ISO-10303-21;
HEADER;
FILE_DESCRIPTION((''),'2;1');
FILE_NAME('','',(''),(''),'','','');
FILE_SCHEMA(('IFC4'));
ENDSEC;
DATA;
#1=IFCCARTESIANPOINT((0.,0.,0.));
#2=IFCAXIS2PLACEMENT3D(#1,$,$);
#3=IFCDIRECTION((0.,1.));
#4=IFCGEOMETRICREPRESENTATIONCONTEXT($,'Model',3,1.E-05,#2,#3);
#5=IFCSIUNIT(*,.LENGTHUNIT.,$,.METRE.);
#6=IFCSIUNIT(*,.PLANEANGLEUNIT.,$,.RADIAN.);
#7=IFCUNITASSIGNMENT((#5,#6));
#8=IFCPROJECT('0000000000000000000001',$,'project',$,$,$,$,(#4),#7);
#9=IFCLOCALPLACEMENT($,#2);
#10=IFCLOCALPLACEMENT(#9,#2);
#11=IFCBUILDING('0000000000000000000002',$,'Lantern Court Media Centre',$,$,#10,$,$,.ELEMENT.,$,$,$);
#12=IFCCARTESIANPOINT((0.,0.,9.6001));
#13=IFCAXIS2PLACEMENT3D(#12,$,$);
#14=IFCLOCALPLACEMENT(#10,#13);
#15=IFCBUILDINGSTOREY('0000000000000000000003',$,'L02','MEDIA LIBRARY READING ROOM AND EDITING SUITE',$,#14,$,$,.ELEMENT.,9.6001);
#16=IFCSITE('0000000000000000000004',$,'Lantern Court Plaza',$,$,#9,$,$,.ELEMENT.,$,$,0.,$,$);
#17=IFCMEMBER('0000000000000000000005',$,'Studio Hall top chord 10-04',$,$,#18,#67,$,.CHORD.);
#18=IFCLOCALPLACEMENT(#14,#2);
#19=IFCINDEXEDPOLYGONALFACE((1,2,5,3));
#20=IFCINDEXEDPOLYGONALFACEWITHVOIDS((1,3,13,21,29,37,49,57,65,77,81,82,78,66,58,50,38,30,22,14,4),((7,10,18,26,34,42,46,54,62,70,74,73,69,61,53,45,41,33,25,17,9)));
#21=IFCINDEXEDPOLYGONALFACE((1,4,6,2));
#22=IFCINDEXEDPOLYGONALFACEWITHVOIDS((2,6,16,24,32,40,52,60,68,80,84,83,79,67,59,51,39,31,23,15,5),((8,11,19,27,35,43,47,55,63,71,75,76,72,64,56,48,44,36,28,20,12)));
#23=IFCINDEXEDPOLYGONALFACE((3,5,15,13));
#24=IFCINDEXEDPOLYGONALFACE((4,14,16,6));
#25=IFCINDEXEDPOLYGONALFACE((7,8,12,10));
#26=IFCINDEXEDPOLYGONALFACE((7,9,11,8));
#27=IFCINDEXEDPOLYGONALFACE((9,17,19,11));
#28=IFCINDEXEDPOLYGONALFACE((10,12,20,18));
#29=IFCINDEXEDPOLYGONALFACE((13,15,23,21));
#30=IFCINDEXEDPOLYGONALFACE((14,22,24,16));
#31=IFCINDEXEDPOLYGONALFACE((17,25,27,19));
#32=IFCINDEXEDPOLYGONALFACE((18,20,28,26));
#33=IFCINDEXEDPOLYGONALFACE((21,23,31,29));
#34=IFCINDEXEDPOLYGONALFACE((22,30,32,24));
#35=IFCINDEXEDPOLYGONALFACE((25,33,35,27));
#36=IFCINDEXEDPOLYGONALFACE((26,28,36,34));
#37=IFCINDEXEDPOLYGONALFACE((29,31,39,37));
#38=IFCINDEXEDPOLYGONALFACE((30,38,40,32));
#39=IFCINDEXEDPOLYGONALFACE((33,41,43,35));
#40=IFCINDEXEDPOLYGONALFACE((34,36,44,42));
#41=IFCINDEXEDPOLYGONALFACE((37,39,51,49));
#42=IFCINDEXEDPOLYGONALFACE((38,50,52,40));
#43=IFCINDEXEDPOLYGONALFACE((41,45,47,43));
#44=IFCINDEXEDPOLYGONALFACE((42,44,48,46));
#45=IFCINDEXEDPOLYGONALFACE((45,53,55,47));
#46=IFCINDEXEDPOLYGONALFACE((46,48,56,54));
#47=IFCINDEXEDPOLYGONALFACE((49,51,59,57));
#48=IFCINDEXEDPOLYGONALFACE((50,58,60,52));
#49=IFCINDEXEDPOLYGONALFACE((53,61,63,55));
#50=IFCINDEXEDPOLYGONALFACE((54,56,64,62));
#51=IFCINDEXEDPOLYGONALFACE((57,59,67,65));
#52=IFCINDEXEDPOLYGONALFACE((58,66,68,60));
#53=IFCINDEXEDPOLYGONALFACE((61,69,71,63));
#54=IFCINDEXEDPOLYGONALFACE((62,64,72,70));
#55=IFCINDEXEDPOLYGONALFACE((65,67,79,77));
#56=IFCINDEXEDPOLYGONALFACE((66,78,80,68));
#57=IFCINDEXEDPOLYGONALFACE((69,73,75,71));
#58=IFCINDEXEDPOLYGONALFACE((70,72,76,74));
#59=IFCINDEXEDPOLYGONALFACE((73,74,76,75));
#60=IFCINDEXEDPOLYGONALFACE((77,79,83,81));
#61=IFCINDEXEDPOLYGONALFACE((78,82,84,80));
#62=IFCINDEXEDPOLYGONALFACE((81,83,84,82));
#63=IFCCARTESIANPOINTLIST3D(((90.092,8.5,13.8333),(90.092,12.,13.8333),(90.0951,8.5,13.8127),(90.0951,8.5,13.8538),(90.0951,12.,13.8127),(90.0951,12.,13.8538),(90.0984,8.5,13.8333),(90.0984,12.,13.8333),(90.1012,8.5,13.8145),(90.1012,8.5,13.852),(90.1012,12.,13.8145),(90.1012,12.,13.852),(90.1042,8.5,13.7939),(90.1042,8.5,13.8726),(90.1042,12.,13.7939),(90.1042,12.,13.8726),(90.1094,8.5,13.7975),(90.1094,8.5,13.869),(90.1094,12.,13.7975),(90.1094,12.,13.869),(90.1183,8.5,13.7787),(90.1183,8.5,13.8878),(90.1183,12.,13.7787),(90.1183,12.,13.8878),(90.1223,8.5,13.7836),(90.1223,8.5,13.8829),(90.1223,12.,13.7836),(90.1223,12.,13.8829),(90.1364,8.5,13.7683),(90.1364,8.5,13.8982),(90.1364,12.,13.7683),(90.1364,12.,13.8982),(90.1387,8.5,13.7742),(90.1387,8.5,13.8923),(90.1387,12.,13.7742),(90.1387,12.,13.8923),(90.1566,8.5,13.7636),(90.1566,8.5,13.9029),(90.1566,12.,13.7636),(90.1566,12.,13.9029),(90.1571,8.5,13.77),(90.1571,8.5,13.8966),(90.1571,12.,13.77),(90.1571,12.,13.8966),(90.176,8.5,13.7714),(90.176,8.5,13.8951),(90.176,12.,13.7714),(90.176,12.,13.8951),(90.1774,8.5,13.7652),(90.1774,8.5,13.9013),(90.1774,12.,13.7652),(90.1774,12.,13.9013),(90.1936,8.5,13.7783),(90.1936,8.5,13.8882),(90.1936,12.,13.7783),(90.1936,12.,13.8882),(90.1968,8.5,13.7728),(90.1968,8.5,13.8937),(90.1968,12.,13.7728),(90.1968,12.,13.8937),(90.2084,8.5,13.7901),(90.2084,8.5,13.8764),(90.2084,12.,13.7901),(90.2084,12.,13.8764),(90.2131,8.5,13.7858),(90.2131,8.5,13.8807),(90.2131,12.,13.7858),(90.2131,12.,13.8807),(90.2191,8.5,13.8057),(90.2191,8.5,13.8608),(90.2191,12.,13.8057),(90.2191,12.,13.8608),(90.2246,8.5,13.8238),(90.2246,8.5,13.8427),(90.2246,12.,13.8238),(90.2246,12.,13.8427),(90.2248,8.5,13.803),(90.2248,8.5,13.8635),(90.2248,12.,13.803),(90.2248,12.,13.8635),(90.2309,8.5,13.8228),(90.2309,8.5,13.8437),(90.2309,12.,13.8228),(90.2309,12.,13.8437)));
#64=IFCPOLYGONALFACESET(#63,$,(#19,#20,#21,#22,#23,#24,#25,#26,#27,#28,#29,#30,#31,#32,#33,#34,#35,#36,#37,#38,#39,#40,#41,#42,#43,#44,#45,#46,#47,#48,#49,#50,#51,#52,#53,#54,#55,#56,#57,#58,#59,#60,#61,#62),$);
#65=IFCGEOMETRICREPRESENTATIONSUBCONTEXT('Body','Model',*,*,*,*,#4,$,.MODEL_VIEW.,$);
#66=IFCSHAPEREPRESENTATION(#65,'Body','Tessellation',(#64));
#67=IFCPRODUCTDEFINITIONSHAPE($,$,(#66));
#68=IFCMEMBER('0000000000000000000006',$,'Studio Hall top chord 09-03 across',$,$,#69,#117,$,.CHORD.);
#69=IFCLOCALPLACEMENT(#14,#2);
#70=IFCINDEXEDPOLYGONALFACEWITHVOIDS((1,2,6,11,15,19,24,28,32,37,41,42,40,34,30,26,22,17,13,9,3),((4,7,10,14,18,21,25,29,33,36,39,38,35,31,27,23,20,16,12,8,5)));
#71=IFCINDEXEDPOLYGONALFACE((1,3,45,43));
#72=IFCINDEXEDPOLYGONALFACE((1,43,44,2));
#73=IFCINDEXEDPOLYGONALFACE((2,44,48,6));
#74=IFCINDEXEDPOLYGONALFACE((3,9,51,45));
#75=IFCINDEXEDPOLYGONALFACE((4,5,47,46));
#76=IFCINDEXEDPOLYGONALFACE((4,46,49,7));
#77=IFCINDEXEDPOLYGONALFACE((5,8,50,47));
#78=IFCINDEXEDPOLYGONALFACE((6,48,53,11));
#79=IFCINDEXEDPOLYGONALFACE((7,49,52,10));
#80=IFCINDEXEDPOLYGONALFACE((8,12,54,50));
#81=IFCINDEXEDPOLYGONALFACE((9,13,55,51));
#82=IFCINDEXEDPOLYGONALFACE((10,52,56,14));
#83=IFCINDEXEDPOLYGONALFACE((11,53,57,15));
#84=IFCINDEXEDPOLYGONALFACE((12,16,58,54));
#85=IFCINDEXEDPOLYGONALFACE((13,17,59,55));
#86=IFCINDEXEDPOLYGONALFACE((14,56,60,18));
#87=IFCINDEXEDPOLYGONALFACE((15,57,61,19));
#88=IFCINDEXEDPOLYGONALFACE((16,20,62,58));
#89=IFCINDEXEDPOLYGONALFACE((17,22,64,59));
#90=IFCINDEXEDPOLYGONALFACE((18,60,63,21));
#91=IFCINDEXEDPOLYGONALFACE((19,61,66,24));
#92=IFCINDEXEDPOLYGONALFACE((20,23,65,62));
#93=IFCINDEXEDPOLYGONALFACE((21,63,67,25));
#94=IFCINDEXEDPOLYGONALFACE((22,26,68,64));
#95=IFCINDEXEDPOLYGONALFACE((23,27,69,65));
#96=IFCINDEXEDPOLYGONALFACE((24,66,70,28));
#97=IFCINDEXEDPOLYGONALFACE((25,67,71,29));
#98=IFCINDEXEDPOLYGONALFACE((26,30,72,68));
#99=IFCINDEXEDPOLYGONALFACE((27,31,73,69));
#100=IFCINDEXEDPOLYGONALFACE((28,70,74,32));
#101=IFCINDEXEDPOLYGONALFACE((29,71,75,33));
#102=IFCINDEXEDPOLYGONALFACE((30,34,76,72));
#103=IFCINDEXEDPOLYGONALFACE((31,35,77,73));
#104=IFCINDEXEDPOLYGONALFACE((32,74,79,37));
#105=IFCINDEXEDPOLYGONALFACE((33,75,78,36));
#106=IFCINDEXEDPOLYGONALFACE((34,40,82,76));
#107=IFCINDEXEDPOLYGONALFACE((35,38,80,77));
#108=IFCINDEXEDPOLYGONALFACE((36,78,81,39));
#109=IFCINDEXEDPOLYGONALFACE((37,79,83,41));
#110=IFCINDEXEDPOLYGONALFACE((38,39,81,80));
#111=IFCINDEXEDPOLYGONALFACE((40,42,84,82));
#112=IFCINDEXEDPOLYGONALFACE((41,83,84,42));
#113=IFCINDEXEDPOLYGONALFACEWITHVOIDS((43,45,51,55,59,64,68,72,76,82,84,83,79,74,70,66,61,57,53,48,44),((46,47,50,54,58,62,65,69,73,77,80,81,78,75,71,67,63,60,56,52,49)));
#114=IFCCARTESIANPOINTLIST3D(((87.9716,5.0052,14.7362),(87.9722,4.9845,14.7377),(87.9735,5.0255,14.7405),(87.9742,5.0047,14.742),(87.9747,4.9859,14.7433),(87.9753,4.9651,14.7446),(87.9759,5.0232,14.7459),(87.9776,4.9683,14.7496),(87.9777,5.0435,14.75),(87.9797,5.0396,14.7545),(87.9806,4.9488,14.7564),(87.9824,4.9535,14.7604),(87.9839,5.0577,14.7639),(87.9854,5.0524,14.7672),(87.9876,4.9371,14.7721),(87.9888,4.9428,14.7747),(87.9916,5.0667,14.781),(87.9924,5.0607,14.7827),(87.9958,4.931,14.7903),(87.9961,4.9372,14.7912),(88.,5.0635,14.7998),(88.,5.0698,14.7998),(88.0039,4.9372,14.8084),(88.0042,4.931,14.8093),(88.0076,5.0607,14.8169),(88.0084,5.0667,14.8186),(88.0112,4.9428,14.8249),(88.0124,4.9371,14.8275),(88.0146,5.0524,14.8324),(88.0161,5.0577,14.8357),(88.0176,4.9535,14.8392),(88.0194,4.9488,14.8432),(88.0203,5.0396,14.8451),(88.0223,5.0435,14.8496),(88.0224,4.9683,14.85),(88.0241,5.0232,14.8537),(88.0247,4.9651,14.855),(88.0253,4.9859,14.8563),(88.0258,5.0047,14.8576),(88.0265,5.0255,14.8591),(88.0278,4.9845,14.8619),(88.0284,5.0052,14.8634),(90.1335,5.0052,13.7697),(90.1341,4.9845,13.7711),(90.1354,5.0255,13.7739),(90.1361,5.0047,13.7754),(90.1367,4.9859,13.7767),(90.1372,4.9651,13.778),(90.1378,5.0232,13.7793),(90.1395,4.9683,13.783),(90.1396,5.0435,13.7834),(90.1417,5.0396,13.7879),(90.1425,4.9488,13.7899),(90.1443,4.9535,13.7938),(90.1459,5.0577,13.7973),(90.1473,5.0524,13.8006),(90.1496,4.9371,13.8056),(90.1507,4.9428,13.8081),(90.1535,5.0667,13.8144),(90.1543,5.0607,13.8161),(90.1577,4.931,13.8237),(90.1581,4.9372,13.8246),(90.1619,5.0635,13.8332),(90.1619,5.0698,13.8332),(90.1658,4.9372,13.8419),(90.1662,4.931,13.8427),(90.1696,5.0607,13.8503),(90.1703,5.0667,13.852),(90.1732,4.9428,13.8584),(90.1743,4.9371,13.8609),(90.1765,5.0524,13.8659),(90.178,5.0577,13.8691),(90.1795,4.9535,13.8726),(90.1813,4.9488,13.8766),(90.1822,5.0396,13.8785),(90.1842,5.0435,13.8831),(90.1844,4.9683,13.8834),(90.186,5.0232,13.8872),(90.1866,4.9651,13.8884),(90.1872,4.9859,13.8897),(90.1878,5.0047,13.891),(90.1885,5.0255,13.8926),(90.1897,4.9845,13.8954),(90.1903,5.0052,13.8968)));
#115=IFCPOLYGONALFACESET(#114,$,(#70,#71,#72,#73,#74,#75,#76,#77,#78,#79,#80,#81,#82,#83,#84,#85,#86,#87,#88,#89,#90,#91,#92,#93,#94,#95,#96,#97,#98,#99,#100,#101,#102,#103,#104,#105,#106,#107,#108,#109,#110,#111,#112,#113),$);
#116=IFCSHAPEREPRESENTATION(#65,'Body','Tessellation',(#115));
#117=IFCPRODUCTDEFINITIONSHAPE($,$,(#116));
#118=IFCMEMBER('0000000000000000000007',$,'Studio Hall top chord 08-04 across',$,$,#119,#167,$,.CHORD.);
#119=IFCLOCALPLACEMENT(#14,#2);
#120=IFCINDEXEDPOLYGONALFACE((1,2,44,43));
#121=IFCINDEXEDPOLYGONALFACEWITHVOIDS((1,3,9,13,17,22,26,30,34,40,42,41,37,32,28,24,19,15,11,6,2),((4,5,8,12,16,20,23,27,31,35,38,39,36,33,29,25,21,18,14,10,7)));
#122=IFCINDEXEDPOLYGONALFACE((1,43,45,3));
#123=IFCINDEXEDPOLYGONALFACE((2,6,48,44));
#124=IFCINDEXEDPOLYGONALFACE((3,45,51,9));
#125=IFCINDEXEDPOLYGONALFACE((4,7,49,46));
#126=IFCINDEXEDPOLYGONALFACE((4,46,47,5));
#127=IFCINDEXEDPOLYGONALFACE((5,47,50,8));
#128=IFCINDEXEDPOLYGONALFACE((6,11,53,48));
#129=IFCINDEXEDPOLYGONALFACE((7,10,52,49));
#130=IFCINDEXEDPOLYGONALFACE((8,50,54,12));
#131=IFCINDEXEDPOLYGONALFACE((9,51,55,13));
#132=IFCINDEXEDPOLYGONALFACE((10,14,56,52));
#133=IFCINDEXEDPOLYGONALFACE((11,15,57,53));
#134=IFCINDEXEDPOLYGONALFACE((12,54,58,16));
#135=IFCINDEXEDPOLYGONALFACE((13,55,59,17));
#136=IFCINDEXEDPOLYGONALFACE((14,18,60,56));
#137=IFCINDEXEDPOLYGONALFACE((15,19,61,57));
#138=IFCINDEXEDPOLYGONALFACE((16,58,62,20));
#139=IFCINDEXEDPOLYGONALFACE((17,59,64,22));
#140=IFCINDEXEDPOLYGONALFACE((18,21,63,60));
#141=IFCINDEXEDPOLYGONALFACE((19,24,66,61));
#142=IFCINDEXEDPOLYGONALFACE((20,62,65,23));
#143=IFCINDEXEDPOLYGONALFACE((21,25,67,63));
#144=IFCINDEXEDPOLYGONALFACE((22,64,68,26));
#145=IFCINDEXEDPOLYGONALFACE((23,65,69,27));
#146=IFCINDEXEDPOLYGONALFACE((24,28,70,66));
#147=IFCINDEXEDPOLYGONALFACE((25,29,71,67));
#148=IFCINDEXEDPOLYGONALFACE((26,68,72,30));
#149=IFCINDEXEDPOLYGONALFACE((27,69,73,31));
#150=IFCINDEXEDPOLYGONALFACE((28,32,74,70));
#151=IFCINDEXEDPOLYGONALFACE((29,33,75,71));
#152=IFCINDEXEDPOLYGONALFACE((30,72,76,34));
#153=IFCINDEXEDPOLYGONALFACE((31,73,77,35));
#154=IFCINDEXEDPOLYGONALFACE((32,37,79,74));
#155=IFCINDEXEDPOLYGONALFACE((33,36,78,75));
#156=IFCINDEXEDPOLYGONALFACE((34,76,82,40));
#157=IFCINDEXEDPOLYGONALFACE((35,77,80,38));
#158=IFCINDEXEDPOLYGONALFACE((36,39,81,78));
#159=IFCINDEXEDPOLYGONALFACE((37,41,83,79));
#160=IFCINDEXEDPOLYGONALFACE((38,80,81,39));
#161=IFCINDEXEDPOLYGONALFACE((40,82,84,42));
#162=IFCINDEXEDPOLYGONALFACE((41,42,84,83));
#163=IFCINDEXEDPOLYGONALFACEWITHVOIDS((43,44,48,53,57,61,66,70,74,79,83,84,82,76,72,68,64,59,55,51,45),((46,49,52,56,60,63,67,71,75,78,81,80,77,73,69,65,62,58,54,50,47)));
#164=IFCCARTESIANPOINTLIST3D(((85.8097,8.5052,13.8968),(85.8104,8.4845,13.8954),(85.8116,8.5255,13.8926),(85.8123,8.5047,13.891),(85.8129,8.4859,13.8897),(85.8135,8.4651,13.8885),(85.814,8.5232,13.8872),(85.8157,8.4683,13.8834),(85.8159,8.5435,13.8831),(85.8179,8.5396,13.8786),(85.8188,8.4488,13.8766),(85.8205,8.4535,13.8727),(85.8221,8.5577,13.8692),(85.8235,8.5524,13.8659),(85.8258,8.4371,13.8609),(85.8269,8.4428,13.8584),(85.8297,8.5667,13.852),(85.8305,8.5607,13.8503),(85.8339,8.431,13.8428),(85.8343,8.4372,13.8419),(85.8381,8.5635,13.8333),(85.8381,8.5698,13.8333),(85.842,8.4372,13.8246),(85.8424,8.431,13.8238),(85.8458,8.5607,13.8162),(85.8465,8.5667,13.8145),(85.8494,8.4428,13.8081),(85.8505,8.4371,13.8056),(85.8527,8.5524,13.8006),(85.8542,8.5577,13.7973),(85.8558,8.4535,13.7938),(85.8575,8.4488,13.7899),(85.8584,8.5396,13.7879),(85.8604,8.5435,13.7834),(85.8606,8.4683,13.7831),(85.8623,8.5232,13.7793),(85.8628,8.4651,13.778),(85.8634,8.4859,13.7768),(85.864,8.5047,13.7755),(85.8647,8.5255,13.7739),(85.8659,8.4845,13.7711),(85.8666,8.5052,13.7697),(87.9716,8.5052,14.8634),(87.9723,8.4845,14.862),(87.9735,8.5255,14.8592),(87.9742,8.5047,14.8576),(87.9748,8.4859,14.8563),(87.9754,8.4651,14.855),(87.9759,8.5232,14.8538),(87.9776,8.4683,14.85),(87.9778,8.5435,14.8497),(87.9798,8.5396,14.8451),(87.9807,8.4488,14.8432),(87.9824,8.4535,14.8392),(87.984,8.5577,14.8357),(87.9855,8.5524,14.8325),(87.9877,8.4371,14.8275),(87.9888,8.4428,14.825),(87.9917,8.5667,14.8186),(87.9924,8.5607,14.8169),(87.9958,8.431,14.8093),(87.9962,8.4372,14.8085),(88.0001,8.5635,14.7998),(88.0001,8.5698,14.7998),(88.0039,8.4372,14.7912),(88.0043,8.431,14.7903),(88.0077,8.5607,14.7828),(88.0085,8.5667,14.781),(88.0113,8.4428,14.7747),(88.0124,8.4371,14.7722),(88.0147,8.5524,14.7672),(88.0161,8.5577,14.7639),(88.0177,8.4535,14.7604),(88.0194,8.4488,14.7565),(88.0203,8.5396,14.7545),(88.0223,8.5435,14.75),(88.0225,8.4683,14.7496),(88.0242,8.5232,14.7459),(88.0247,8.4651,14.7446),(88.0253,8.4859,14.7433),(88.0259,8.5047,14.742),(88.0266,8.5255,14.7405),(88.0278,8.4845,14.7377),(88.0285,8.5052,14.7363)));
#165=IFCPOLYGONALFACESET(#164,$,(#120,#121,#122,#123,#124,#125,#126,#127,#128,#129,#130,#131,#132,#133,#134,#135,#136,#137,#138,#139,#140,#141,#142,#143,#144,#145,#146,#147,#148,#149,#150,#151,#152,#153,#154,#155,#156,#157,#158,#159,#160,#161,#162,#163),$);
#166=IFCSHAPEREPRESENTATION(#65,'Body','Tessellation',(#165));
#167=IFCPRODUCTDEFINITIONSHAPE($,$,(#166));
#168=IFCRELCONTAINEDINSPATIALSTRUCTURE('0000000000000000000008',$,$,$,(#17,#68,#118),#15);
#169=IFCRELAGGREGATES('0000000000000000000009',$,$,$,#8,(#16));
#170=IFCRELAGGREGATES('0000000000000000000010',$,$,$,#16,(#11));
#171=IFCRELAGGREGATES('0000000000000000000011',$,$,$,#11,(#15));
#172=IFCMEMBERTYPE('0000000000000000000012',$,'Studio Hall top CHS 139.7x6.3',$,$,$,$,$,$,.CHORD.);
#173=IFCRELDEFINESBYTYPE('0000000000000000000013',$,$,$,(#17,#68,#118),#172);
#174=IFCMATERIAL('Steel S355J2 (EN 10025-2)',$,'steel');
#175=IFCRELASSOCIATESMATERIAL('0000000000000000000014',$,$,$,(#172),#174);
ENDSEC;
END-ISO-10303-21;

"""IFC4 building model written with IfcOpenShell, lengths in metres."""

from ifc_helpers import new_model, si_unit, direction, frame, origin, origin_2d, place, context, subcontext, project, spatial, hollow_circle, extrude, material, material_profile, profile_set, type_object, element, save


model = new_model("IFC4")

# Units and contexts
model_context = context("Model", 3, precision=1e-05, world=origin(), true_north=direction((0.0, 1.0)))
body_context = subcontext(model_context, "Body", "Model", "MODEL_VIEW")
ifc_project = project(units=[si_unit("LENGTHUNIT", "METRE"), si_unit("PLANEANGLEUNIT", "RADIAN")], contexts=[model_context])

# Site, building, storey
site_placement = place(None, origin())
site = spatial("IfcSite", under=ifc_project, at=site_placement, Name="Lantern Court Plaza", CompositionType="ELEMENT", RefElevation=0.0)
building_placement = place(site_placement, origin())
building = spatial("IfcBuilding", under=site, at=building_placement, Name="Lantern Court Media Centre", CompositionType="ELEMENT")
storey_placement = place(building_placement, frame((0.0, 0.0, 9.6001)))
storey = spatial("IfcBuildingStorey", under=building, at=storey_placement, Name="L02", Description="MEDIA LIBRARY READING ROOM AND EDITING SUITE", CompositionType="ELEMENT", Elevation=9.6001)

# Members
ifc_material = material(Name="Steel S355J2 (EN 10025-2)", Category="steel")
ifc_material_profile_1 = material_profile(ifc_material, hollow_circle(Radius=0.0698, WallThickness=0.0063, at=origin_2d()), Name="Studio Hall top CHS 139.7x6.3")
ifc_profile_set_1 = profile_set([ifc_material_profile_1], Name="Steel S355J2 (EN 10025-2)")
member_type_1 = type_object("IfcMemberType", Name="Studio Hall top CHS 139.7x6.3", PredefinedType="CHORD", material=ifc_profile_set_1)
for number, where, z_axis, x_axis, name in (
    (1, (90.1619, 8.5, 13.8333), (0.0, 1.0, 0.0), (-1.0, 0.0, 0.0), "Studio Hall top chord 10-04"),
):
    element("IfcMember", number, at=place(storey_placement, frame(where, z_axis=z_axis, x_axis=x_axis)), inside=storey, type_object=member_type_1, Name=name, PredefinedType="CHORD", context=body_context, shape_type="SweptSolid", body=[
        extrude(hollow_circle(Radius=0.0698, WallThickness=0.0063, at=origin_2d()), origin(), (0.0, 0.0, 1.0), 3.5),
    ])
for number, where, z_axis, x_axis, name in (
    (2, (88.0, 5.0, 14.7998), (0.912912, 0.0, -0.408156), (0.0, 1.0, 0.0), "Studio Hall top chord 09-03 across"),
    (3, (85.8381, 8.5, 13.8333), (0.912912, 0.0, 0.408156), (0.0, 1.0, 0.0), "Studio Hall top chord 08-04 across"),
):
    element("IfcMember", number, at=place(storey_placement, frame(where, z_axis=z_axis, x_axis=x_axis)), inside=storey, type_object=member_type_1, Name=name, PredefinedType="CHORD", context=body_context, shape_type="SweptSolid", body=[
        extrude(hollow_circle(Radius=0.0698, WallThickness=0.0063, at=origin_2d()), origin(), (0.0, 0.0, 1.0), 2.3682),
    ])

save(model, "model.ifc")
